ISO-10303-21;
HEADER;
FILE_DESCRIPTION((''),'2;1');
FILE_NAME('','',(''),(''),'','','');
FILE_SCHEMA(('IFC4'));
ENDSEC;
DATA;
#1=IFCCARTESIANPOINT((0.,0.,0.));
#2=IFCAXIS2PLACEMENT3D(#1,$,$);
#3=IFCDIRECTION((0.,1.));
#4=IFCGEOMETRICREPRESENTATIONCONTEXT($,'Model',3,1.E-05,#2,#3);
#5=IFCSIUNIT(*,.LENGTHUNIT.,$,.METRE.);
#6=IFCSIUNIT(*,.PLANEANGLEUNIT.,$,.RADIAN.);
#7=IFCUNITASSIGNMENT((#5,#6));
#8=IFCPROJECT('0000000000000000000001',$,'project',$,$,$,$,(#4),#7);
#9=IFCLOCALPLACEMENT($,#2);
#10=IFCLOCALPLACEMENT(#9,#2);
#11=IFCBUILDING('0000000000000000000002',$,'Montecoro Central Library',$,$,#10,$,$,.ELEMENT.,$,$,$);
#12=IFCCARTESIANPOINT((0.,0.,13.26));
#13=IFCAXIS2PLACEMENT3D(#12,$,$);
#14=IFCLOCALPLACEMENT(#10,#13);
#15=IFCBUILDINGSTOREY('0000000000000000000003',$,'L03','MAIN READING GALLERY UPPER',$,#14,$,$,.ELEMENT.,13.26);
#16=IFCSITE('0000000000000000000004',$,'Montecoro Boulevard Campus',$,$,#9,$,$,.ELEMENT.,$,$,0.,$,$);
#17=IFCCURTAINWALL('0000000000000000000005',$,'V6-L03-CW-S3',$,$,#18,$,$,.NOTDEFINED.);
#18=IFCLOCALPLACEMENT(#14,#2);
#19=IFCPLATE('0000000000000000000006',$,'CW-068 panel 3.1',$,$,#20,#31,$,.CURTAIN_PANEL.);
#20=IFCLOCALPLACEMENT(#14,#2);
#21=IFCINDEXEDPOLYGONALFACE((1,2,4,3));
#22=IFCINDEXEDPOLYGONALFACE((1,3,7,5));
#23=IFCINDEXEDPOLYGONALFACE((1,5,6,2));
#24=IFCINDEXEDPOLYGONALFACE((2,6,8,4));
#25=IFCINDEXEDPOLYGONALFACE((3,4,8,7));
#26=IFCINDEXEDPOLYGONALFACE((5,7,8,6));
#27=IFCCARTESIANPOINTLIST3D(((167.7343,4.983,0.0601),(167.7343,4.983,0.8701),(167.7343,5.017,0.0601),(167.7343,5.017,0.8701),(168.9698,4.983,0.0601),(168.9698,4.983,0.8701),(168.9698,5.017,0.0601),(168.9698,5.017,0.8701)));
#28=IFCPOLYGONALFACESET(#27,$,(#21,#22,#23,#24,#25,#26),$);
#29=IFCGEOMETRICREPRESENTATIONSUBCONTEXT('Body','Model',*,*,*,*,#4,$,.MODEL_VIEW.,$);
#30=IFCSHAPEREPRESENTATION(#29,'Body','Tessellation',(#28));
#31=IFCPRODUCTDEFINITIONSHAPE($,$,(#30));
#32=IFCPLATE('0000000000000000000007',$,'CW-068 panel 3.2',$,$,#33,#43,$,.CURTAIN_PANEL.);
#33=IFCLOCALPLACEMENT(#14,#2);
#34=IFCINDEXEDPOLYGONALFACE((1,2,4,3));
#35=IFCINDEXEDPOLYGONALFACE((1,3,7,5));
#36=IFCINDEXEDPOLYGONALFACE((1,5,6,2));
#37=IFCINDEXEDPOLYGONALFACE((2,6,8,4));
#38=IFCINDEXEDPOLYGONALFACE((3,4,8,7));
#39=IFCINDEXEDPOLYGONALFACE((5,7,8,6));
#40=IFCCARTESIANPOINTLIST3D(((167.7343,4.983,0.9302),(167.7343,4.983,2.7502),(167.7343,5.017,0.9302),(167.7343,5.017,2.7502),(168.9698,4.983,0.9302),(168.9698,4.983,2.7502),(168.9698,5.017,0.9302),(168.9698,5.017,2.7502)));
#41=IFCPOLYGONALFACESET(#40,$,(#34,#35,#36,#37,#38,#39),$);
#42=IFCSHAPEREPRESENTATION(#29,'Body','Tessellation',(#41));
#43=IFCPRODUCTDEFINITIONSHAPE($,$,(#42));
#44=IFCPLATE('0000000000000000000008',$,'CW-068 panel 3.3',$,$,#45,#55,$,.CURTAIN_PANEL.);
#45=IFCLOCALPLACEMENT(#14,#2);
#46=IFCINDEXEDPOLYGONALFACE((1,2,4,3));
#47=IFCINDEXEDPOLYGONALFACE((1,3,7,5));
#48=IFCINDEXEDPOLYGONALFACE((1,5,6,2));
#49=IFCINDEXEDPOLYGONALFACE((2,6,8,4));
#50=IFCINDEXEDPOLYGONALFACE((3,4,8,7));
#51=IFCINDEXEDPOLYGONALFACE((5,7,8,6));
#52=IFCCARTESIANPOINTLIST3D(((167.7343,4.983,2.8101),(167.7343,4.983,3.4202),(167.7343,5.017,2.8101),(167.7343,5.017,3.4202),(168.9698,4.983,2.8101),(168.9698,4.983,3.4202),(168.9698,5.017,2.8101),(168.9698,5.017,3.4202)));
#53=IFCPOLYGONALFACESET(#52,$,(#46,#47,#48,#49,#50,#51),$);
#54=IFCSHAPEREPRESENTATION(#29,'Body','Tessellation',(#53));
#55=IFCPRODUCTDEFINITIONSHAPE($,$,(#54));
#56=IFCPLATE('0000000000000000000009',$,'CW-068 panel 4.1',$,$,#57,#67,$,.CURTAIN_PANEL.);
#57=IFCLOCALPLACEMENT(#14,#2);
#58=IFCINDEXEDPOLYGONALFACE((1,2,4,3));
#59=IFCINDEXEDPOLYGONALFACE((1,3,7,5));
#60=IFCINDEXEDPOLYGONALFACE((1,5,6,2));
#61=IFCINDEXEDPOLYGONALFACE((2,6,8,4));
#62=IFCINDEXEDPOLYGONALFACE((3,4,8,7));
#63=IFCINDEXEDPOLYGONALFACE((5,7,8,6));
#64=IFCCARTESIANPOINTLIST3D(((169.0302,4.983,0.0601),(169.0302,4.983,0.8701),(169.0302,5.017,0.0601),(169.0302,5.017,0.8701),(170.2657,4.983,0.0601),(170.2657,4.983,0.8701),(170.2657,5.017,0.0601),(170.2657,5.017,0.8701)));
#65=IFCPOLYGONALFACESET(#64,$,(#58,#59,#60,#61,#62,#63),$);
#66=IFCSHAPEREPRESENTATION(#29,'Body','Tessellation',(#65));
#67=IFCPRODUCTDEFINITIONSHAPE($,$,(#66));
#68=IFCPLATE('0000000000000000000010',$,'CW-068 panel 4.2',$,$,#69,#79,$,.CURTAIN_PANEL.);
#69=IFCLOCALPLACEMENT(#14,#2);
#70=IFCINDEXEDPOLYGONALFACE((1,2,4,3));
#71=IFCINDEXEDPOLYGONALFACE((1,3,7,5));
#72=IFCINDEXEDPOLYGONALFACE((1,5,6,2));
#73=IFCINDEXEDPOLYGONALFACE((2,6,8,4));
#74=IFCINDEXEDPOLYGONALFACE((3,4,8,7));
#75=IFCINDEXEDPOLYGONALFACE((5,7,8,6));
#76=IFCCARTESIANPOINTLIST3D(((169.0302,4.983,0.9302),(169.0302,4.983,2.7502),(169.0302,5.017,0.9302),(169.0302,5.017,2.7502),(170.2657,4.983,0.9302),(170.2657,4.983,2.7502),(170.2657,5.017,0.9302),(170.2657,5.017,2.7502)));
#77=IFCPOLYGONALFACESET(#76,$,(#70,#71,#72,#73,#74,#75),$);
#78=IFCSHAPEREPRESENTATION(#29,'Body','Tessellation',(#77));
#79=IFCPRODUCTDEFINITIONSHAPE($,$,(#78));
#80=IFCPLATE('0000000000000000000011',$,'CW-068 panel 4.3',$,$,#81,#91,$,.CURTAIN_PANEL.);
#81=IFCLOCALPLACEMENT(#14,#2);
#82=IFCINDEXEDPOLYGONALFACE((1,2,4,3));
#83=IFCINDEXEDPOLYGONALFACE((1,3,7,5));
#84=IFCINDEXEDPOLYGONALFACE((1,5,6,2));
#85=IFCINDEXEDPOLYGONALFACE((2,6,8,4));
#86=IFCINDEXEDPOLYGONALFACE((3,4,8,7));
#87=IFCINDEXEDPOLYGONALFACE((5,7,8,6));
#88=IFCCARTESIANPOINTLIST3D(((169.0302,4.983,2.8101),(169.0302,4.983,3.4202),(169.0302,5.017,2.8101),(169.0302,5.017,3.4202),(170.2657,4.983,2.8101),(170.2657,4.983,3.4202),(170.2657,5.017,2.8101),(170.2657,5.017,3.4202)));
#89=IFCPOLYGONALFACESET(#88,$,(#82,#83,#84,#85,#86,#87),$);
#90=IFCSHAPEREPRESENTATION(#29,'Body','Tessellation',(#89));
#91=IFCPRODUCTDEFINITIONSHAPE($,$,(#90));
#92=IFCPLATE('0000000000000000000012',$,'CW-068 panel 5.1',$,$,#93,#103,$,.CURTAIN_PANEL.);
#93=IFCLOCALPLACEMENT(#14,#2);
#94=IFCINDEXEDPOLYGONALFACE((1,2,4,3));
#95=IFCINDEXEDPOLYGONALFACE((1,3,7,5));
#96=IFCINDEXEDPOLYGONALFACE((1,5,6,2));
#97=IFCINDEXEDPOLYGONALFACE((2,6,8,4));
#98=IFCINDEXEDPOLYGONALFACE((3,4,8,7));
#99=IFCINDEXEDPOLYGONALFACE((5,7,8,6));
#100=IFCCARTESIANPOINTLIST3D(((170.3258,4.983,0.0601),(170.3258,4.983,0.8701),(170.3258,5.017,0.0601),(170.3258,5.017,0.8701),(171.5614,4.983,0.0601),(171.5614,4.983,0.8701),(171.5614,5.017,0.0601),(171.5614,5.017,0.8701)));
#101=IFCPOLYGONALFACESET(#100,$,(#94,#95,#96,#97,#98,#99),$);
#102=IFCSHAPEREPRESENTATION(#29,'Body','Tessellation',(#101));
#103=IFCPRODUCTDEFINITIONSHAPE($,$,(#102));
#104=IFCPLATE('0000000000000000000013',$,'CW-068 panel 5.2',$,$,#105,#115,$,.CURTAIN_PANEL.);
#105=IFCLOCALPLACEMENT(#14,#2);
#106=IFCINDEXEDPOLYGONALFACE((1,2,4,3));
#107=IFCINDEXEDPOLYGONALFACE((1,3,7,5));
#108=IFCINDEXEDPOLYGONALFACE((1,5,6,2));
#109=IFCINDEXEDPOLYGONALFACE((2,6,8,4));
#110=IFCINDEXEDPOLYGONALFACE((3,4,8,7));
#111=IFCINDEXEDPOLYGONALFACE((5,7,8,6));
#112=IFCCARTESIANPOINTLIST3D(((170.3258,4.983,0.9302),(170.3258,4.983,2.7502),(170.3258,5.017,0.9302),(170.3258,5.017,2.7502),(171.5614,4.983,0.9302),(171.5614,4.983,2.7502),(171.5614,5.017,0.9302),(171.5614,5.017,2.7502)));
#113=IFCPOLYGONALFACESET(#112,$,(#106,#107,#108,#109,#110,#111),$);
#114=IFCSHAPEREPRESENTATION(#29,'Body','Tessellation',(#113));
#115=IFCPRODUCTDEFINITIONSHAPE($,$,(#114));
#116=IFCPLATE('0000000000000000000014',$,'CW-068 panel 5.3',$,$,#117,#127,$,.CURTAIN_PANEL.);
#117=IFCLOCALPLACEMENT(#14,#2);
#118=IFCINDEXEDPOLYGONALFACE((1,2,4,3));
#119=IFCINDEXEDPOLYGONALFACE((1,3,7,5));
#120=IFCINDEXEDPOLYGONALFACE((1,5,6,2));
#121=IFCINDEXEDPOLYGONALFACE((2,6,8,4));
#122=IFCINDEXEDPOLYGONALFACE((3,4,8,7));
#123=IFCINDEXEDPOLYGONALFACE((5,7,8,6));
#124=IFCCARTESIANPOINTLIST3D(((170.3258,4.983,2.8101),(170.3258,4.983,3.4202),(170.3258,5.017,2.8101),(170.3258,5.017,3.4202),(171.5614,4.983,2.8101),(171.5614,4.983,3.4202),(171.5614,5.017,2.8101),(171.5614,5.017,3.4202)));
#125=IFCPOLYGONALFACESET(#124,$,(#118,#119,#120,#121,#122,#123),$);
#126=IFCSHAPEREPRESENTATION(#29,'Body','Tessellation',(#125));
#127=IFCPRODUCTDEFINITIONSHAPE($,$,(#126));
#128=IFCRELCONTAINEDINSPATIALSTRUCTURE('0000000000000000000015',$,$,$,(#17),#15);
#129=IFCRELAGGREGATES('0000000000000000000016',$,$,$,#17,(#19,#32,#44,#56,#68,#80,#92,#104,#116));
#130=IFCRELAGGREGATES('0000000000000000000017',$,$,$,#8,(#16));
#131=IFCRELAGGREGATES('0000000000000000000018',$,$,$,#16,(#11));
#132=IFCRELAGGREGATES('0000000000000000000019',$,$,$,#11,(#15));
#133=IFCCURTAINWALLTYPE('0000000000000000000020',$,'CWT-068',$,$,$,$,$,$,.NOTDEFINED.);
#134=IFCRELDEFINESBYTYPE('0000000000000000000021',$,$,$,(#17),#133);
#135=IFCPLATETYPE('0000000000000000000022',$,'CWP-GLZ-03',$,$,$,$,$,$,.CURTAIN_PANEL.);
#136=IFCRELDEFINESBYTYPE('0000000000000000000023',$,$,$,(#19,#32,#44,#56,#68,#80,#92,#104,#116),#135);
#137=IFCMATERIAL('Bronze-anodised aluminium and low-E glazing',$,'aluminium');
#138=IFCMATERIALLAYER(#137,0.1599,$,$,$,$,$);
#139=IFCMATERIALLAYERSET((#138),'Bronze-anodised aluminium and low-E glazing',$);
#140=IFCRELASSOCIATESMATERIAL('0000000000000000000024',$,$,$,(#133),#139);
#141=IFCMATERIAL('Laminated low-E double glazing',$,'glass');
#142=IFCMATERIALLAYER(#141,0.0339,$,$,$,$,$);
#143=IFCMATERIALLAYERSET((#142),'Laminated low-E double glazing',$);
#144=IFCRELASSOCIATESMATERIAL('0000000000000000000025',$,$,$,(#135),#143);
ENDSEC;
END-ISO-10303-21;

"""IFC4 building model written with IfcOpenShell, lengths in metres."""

from ifc_helpers import new_model, si_unit, direction, frame, origin, origin_2d, place, context, subcontext, project, spatial, rectangle, extrude, material, layer, layer_set, type_object, element, aggregate, save


model = new_model("IFC4")

# Units and contexts
model_context = context("Model", 3, precision=1e-05, world=origin(), true_north=direction((0.0, 1.0)))
body_context = subcontext(model_context, "Body", "Model", "MODEL_VIEW")
ifc_project = project(units=[si_unit("LENGTHUNIT", "METRE"), si_unit("PLANEANGLEUNIT", "RADIAN")], contexts=[model_context])

# Site, building, storey
site_placement = place(None, origin())
site = spatial("IfcSite", under=ifc_project, at=site_placement, Name="Montecoro Boulevard Campus", CompositionType="ELEMENT", RefElevation=0.0)
building_placement = place(site_placement, origin())
building = spatial("IfcBuilding", under=site, at=building_placement, Name="Montecoro Central Library", CompositionType="ELEMENT")
storey_placement = place(building_placement, frame((0.0, 0.0, 13.26)))
storey = spatial("IfcBuildingStorey", under=building, at=storey_placement, Name="L03", Description="MAIN READING GALLERY UPPER", CompositionType="ELEMENT", Elevation=13.26)

# Curtain wall, plates
ifc_material_1 = material(Name="Bronze-anodised aluminium and low-E glazing", Category="aluminium")
ifc_layer_1 = layer(ifc_material_1, 0.1599)
ifc_layer_set_1 = layer_set([ifc_layer_1], Name="Bronze-anodised aluminium and low-E glazing")
curtain_wall_type = type_object("IfcCurtainWallType", Name="CWT-068", PredefinedType="NOTDEFINED", material=ifc_layer_set_1)
curtain_wall_placement = place(storey_placement, origin())
curtain_wall = element("IfcCurtainWall", 1, at=curtain_wall_placement, inside=storey, type_object=curtain_wall_type, Name="V6-L03-CW-S3", PredefinedType="NOTDEFINED")
ifc_material_2 = material(Name="Laminated low-E double glazing", Category="glass")
ifc_layer_2 = layer(ifc_material_2, 0.0339)
ifc_layer_set_2 = layer_set([ifc_layer_2], Name="Laminated low-E double glazing")
plate_type = type_object("IfcPlateType", Name="CWP-GLZ-03", PredefinedType="CURTAIN_PANEL", material=ifc_layer_set_2)
plate_1_placement = place(storey_placement, frame((168.3521, 5.0, 0.0601), z_axis=(0.0, 0.0, 1.0), x_axis=(1.0, 0.0, 0.0)))
plate_1 = element("IfcPlate", 2, at=plate_1_placement, type_object=plate_type, Name="CW-068 panel 3.1", PredefinedType="CURTAIN_PANEL", context=body_context, shape_type="SweptSolid", body=[
    extrude(rectangle(XDim=1.2356, YDim=0.0339, at=origin_2d()), origin(), (0.0, 0.0, 1.0), 0.8101),
])
plate_2_placement = place(storey_placement, frame((168.3521, 5.0, 0.9302), z_axis=(0.0, 0.0, 1.0), x_axis=(1.0, 0.0, 0.0)))
plate_2 = element("IfcPlate", 3, at=plate_2_placement, type_object=plate_type, Name="CW-068 panel 3.2", PredefinedType="CURTAIN_PANEL", context=body_context, shape_type="SweptSolid", body=[
    extrude(rectangle(XDim=1.2356, YDim=0.0339, at=origin_2d()), origin(), (0.0, 0.0, 1.0), 1.8201),
])
plate_3_placement = place(storey_placement, frame((168.3521, 5.0, 2.8101), z_axis=(0.0, 0.0, 1.0), x_axis=(1.0, 0.0, 0.0)))
plate_3 = element("IfcPlate", 4, at=plate_3_placement, type_object=plate_type, Name="CW-068 panel 3.3", PredefinedType="CURTAIN_PANEL", context=body_context, shape_type="SweptSolid", body=[
    extrude(rectangle(XDim=1.2356, YDim=0.0339, at=origin_2d()), origin(), (0.0, 0.0, 1.0), 0.6101),
])
plate_4_placement = place(storey_placement, frame((169.6479, 5.0, 0.0601), z_axis=(0.0, 0.0, 1.0), x_axis=(1.0, 0.0, 0.0)))
plate_4 = element("IfcPlate", 5, at=plate_4_placement, type_object=plate_type, Name="CW-068 panel 4.1", PredefinedType="CURTAIN_PANEL", context=body_context, shape_type="SweptSolid", body=[
    extrude(rectangle(XDim=1.2356, YDim=0.0339, at=origin_2d()), origin(), (0.0, 0.0, 1.0), 0.8101),
])
plate_5_placement = place(storey_placement, frame((169.6479, 5.0, 0.9302), z_axis=(0.0, 0.0, 1.0), x_axis=(1.0, 0.0, 0.0)))
plate_5 = element("IfcPlate", 6, at=plate_5_placement, type_object=plate_type, Name="CW-068 panel 4.2", PredefinedType="CURTAIN_PANEL", context=body_context, shape_type="SweptSolid", body=[
    extrude(rectangle(XDim=1.2356, YDim=0.0339, at=origin_2d()), origin(), (0.0, 0.0, 1.0), 1.8201),
])
plate_6_placement = place(storey_placement, frame((169.6479, 5.0, 2.8101), z_axis=(0.0, 0.0, 1.0), x_axis=(1.0, 0.0, 0.0)))
plate_6 = element("IfcPlate", 7, at=plate_6_placement, type_object=plate_type, Name="CW-068 panel 4.3", PredefinedType="CURTAIN_PANEL", context=body_context, shape_type="SweptSolid", body=[
    extrude(rectangle(XDim=1.2356, YDim=0.0339, at=origin_2d()), origin(), (0.0, 0.0, 1.0), 0.6101),
])
plate_7_placement = place(storey_placement, frame((170.9436, 5.0, 0.0601), z_axis=(0.0, 0.0, 1.0), x_axis=(1.0, 0.0, 0.0)))
plate_7 = element("IfcPlate", 8, at=plate_7_placement, type_object=plate_type, Name="CW-068 panel 5.1", PredefinedType="CURTAIN_PANEL", context=body_context, shape_type="SweptSolid", body=[
    extrude(rectangle(XDim=1.2356, YDim=0.0339, at=origin_2d()), origin(), (0.0, 0.0, 1.0), 0.8101),
])
plate_8_placement = place(storey_placement, frame((170.9436, 5.0, 0.9302), z_axis=(0.0, 0.0, 1.0), x_axis=(1.0, 0.0, 0.0)))
plate_8 = element("IfcPlate", 9, at=plate_8_placement, type_object=plate_type, Name="CW-068 panel 5.2", PredefinedType="CURTAIN_PANEL", context=body_context, shape_type="SweptSolid", body=[
    extrude(rectangle(XDim=1.2356, YDim=0.0339, at=origin_2d()), origin(), (0.0, 0.0, 1.0), 1.8201),
])
plate_9_placement = place(storey_placement, frame((170.9436, 5.0, 2.8101), z_axis=(0.0, 0.0, 1.0), x_axis=(1.0, 0.0, 0.0)))
plate_9 = element("IfcPlate", 10, at=plate_9_placement, type_object=plate_type, Name="CW-068 panel 5.3", PredefinedType="CURTAIN_PANEL", context=body_context, shape_type="SweptSolid", body=[
    extrude(rectangle(XDim=1.2356, YDim=0.0339, at=origin_2d()), origin(), (0.0, 0.0, 1.0), 0.6101),
])
aggregate(curtain_wall, [plate_1, plate_2, plate_3, plate_4, plate_5, plate_6, plate_7, plate_8, plate_9])

save(model, "model.ifc")
